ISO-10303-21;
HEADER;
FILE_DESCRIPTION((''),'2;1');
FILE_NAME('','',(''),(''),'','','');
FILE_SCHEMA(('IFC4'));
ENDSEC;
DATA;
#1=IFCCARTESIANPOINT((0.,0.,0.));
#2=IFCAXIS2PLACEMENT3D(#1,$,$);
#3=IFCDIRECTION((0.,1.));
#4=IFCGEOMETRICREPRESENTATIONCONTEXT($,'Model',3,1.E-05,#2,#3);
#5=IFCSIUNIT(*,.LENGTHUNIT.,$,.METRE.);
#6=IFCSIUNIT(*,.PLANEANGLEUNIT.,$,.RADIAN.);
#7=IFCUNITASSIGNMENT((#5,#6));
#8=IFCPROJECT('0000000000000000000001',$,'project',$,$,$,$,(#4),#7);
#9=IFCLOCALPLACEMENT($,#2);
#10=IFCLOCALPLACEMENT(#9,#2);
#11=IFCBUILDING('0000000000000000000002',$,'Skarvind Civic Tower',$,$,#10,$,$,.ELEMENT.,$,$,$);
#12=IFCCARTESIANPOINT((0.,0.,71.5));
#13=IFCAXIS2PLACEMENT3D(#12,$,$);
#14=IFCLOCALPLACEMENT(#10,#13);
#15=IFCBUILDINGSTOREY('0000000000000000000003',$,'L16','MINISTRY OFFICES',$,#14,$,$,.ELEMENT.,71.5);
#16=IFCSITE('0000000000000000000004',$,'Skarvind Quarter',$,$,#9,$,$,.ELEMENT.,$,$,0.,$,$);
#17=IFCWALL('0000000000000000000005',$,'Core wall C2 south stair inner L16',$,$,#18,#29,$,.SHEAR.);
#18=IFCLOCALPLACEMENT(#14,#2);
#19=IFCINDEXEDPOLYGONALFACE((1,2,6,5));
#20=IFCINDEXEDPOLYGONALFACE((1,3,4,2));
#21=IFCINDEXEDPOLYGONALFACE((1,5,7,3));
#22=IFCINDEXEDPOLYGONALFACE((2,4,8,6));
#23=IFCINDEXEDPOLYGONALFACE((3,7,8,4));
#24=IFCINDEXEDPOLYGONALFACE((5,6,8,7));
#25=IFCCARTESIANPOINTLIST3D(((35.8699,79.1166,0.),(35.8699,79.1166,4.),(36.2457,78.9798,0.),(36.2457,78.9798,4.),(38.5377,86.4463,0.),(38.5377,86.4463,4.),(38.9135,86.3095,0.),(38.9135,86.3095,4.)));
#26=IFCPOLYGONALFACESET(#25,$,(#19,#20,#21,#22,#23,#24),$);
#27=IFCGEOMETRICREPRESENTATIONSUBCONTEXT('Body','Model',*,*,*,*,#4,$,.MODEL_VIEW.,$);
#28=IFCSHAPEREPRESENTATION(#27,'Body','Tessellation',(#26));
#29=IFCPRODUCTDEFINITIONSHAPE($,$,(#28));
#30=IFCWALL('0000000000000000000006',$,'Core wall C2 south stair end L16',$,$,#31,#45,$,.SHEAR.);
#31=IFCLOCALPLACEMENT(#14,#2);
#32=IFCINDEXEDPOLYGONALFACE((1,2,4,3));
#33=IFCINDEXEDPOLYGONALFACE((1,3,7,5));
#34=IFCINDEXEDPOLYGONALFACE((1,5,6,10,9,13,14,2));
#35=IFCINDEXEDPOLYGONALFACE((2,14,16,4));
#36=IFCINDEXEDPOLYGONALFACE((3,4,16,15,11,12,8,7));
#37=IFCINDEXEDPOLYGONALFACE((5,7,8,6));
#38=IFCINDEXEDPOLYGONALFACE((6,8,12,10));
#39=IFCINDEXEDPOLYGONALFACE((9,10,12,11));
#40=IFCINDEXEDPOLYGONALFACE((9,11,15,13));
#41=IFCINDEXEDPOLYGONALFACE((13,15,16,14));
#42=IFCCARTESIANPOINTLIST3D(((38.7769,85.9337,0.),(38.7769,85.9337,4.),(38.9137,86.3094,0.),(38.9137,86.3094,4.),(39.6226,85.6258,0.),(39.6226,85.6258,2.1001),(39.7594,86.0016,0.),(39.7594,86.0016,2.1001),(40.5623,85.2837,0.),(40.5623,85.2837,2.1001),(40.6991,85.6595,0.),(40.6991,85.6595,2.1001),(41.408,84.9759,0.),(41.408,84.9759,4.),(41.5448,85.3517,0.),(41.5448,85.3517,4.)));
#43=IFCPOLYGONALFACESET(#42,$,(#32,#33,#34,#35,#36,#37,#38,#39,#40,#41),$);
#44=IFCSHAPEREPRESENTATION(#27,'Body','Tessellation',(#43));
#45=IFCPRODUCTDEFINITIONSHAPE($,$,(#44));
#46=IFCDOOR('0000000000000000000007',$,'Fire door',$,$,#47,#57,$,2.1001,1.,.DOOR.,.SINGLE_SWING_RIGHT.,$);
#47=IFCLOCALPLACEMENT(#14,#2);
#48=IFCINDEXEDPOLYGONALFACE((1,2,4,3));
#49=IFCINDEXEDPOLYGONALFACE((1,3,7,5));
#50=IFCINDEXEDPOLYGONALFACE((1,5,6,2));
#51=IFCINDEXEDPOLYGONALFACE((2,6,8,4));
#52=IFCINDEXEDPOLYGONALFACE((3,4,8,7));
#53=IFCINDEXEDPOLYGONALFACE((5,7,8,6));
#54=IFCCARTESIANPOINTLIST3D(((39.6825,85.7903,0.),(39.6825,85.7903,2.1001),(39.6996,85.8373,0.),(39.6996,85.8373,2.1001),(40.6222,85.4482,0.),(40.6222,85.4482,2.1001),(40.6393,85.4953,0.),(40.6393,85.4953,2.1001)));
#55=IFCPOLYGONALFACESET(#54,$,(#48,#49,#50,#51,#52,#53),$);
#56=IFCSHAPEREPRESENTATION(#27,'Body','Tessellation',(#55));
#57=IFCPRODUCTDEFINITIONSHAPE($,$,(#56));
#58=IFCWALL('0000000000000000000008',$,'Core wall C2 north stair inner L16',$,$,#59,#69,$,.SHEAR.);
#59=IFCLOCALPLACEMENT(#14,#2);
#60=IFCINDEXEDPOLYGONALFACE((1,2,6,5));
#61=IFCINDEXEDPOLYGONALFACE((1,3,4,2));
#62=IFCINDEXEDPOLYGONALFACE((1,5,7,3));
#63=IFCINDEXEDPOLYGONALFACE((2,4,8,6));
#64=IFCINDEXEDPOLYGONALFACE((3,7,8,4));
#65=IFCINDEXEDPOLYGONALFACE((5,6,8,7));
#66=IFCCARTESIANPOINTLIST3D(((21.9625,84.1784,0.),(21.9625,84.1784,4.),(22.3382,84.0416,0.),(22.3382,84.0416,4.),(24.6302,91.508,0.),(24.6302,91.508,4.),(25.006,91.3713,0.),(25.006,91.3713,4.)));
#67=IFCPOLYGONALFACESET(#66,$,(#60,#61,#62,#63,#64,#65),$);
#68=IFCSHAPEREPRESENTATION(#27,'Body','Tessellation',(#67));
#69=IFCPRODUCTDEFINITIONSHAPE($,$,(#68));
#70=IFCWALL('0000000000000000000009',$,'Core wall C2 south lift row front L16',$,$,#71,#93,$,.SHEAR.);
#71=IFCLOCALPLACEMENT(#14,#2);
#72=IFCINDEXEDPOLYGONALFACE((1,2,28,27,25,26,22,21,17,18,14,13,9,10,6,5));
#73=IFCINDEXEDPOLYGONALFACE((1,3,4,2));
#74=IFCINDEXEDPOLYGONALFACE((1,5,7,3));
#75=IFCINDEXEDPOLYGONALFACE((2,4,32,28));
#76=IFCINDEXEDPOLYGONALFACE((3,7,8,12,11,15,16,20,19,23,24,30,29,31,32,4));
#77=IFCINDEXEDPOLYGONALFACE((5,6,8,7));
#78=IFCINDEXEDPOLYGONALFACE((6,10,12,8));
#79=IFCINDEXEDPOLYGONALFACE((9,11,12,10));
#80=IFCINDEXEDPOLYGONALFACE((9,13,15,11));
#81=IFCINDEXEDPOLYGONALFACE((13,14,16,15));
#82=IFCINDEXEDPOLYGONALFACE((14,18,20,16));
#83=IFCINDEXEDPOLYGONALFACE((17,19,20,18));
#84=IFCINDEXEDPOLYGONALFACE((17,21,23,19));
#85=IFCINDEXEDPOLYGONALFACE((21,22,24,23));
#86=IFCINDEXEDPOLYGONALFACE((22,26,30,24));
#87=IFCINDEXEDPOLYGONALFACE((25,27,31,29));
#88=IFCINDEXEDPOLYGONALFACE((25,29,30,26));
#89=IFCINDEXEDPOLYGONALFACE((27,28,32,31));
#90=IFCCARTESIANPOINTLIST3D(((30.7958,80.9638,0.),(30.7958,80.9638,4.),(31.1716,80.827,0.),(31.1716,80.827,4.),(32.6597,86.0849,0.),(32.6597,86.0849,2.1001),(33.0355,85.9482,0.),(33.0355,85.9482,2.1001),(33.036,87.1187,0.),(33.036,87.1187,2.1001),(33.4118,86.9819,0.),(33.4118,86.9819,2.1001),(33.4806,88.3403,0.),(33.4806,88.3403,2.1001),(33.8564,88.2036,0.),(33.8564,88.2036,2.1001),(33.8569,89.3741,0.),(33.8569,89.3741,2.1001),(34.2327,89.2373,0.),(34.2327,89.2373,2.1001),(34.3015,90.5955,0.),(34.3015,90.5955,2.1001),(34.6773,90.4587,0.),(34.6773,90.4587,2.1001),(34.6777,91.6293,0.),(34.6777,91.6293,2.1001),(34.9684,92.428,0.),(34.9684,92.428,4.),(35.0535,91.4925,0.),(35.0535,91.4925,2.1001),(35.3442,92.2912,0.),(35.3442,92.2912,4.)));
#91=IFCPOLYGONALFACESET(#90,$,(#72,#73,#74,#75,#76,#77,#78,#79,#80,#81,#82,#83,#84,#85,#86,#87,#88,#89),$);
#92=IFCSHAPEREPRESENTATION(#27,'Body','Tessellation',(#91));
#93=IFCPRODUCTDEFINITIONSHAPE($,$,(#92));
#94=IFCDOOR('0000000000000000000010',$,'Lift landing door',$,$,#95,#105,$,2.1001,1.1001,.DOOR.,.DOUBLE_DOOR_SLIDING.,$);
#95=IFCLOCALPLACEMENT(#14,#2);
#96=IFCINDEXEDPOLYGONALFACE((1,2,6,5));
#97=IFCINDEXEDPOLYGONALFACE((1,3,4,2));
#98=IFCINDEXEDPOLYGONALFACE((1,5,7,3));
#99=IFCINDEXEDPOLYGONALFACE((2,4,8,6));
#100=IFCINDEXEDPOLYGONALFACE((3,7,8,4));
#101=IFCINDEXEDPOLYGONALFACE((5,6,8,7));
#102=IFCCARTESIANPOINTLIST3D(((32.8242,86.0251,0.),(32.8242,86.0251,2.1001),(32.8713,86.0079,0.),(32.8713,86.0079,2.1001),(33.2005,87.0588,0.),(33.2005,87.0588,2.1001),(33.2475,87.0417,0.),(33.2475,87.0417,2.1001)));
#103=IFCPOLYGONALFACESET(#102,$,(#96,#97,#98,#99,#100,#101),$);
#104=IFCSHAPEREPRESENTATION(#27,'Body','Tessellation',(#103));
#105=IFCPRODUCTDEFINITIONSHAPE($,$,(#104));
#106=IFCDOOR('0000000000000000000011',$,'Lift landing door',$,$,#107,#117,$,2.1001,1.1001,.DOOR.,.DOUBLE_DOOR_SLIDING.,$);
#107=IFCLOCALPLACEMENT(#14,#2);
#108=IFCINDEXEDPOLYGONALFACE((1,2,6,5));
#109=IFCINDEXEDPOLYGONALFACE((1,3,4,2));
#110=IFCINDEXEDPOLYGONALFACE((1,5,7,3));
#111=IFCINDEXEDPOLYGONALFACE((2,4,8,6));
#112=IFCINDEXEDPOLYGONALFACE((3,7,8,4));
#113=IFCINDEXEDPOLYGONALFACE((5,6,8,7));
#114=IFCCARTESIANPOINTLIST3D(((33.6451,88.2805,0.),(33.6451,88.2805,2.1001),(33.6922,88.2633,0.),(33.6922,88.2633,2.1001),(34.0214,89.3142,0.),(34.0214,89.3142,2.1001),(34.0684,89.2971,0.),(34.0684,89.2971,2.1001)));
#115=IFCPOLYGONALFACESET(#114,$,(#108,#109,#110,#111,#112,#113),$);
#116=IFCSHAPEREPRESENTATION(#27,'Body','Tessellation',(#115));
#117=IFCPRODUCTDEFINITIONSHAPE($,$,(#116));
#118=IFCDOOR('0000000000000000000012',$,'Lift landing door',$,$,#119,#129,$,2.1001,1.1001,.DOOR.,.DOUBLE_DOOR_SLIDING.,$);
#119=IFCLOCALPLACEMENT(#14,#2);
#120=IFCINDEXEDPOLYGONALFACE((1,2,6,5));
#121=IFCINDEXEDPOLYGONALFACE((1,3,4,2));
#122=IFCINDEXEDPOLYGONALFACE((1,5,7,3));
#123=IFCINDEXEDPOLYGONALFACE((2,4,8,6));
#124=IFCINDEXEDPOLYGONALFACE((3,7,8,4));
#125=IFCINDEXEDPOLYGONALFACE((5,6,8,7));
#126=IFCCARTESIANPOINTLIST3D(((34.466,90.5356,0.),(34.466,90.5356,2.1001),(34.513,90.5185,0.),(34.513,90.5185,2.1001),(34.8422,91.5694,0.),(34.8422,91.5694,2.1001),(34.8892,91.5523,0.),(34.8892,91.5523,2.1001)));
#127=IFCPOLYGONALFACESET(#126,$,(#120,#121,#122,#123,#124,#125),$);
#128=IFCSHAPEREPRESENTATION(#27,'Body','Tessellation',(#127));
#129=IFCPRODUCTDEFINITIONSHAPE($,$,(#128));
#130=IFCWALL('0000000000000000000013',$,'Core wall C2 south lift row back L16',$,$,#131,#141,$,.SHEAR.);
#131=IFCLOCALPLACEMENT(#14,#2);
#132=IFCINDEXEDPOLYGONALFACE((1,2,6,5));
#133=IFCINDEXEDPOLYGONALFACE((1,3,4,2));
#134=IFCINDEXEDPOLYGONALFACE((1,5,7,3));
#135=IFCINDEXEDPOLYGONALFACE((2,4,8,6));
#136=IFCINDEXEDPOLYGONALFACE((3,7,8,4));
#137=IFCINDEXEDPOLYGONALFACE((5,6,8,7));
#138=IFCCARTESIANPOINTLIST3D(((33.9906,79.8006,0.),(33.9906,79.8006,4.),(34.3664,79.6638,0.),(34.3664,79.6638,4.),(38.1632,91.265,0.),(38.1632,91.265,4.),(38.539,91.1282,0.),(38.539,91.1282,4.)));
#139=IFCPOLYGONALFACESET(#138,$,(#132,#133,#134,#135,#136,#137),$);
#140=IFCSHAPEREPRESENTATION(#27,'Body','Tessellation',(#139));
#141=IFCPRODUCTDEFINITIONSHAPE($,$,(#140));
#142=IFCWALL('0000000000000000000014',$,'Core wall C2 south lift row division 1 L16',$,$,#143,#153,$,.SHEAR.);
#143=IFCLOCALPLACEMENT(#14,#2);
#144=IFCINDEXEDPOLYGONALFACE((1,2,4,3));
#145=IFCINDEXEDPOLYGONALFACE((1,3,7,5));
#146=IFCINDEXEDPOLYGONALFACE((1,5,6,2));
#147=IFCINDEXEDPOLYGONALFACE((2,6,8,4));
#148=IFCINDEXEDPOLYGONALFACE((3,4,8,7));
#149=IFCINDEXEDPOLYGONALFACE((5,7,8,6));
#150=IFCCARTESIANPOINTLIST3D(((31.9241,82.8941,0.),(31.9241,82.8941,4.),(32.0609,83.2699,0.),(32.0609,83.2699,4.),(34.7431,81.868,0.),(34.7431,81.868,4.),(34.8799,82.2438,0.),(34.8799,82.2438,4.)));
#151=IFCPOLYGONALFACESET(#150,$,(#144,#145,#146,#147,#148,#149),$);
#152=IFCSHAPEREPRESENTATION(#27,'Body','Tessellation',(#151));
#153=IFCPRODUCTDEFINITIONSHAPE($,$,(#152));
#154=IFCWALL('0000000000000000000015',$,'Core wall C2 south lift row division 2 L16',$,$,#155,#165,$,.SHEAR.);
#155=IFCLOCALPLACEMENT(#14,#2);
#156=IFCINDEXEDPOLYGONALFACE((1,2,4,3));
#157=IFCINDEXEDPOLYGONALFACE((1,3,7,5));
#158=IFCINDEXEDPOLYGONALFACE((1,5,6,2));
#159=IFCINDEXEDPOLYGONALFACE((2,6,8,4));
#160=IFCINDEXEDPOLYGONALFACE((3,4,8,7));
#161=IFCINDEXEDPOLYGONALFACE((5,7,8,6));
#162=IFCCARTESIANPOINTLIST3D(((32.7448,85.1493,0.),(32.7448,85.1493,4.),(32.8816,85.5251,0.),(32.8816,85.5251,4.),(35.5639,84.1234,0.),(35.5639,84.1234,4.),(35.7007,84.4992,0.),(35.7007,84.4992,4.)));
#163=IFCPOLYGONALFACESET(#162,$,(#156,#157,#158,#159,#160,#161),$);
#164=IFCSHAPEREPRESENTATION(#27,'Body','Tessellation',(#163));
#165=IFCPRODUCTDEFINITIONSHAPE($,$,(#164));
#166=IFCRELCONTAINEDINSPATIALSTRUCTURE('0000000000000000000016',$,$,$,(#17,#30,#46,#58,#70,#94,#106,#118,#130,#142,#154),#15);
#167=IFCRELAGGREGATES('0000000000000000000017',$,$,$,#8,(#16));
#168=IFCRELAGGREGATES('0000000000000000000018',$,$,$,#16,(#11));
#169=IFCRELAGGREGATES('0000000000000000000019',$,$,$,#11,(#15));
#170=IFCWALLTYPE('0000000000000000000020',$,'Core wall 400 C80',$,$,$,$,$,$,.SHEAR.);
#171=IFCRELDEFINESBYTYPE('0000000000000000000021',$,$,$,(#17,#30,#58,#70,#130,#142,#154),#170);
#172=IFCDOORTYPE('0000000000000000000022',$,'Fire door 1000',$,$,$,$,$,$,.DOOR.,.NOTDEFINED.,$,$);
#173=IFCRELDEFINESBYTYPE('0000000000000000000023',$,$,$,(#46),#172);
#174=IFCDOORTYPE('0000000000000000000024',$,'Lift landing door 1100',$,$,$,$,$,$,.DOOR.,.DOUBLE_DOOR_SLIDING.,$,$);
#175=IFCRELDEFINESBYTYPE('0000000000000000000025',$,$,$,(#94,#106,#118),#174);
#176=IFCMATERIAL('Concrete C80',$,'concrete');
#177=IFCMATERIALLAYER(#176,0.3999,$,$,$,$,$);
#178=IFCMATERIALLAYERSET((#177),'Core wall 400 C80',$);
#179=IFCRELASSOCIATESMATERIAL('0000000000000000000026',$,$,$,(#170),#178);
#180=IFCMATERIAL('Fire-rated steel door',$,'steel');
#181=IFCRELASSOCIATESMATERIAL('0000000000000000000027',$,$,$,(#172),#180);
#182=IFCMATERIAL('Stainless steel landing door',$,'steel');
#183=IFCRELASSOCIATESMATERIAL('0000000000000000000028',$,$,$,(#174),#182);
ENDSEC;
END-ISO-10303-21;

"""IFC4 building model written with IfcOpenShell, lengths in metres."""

from ifc_helpers import new_model, si_unit, direction, frame, frame_2d, origin, place, context, subcontext, project, spatial, rectangle, extrude, material, layer, layer_set, type_object, element, fill, save


model = new_model("IFC4")

# Units and contexts
model_context = context("Model", 3, precision=1e-05, world=origin(), true_north=direction((0.0, 1.0)))
body_context = subcontext(model_context, "Body", "Model", "MODEL_VIEW")
ifc_project = project(units=[si_unit("LENGTHUNIT", "METRE"), si_unit("PLANEANGLEUNIT", "RADIAN")], contexts=[model_context])

# Site, building, storey
site_placement = place(None, origin())
site = spatial("IfcSite", under=ifc_project, at=site_placement, Name="Skarvind Quarter", CompositionType="ELEMENT", RefElevation=0.0)
building_placement = place(site_placement, origin())
building = spatial("IfcBuilding", under=site, at=building_placement, Name="Skarvind Civic Tower", CompositionType="ELEMENT")
storey_placement = place(building_placement, frame((0.0, 0.0, 71.5)))
storey = spatial("IfcBuildingStorey", under=building, at=storey_placement, Name="L16", Description="MINISTRY OFFICES", CompositionType="ELEMENT", Elevation=71.5)

# Wall
ifc_material_1 = material(Name="Concrete C80", Category="concrete")
ifc_layer_1 = layer(ifc_material_1, 0.3999)
ifc_layer_set_1 = layer_set([ifc_layer_1], Name="Core wall 400 C80")
wall_type_1 = type_object("IfcWallType", Name="Core wall 400 C80", PredefinedType="SHEAR", material=ifc_layer_set_1)
wall_1_placement = place(storey_placement, frame((36.0579, 79.0483, 0.0), z_axis=(0.0, 0.0, 1.0), x_axis=(0.342017, 0.939694, 0.0)))
element("IfcWall", 1, at=wall_1_placement, inside=storey, type_object=wall_type_1, Name="Core wall C2 south stair inner L16", PredefinedType="SHEAR", context=body_context, shape_type="SweptSolid", body=[
    extrude(rectangle(XDim=7.8, YDim=0.3999, at=frame_2d((3.8999, 0.0))), origin(), (0.0, 0.0, 1.0), 4.0),
])

# Wall, opening, door
wall_2_placement = place(storey_placement, frame((41.4763, 85.1638, 0.0), z_axis=(0.0, 0.0, 1.0), x_axis=(-0.939679, 0.342058, 0.0)))
wall_2 = element("IfcWall", 2, at=wall_2_placement, inside=storey, type_object=wall_type_1, Name="Core wall C2 south stair end L16", PredefinedType="SHEAR", context=body_context, shape_type="SweptSolid", body=[
    extrude(rectangle(XDim=2.8, YDim=0.3999, at=frame_2d((1.3999, 0.0))), origin(), (0.0, 0.0, 1.0), 4.0),
])
opening_1_placement = place(wall_2_placement, frame((0.8999, 0.0, 0.0)))
opening_1 = element("IfcOpeningElement", 3, at=opening_1_placement, cuts=wall_2, PredefinedType="OPENING", context=body_context, shape_type="SweptSolid", body=[
    extrude(rectangle(XDim=1.0, YDim=2.1001, at=frame_2d((0.5, 1.05))), frame((0.0, 0.21, 0.0), z_axis=(0.0, -1.0, 0.0), x_axis=(1.0, 0.0, 0.0)), (0.0, 0.0, 1.0), 0.4199),
])
ifc_material_2 = material(Name="Fire-rated steel door", Category="steel")
door_type_1 = type_object("IfcDoorType", Name="Fire door 1000", OperationType="NOTDEFINED", PredefinedType="DOOR", material=ifc_material_2)
door_1_placement = place(opening_1_placement, origin())
door_1 = element("IfcDoor", 4, at=door_1_placement, inside=storey, type_object=door_type_1, Name="Fire door", OperationType="SINGLE_SWING_RIGHT", OverallHeight=2.1001, OverallWidth=1.0, PredefinedType="DOOR", context=body_context, shape_type="SweptSolid", body=[
    extrude(rectangle(XDim=1.0, YDim=2.1001, at=frame_2d((0.5, 1.05))), frame((0.0, 0.0249, 0.0), z_axis=(0.0, -1.0, 0.0), x_axis=(1.0, 0.0, 0.0)), (0.0, 0.0, 1.0), 0.05),
])
fill(opening_1, door_1)

# Wall
wall_3_placement = place(storey_placement, frame((22.1504, 84.1101, 0.0), z_axis=(0.0, 0.0, 1.0), x_axis=(0.342017, 0.939694, 0.0)))
element("IfcWall", 5, at=wall_3_placement, inside=storey, type_object=wall_type_1, Name="Core wall C2 north stair inner L16", PredefinedType="SHEAR", context=body_context, shape_type="SweptSolid", body=[
    extrude(rectangle(XDim=7.8, YDim=0.3999, at=frame_2d((3.8999, 0.0))), origin(), (0.0, 0.0, 1.0), 4.0),
])

# Wall, openings, doors
wall_4_placement = place(storey_placement, frame((30.9836, 80.8953, 0.0), z_axis=(0.0, 0.0, 1.0), x_axis=(0.342021, 0.939692, 0.0)))
wall_4 = element("IfcWall", 6, at=wall_4_placement, inside=storey, type_object=wall_type_1, Name="Core wall C2 south lift row front L16", PredefinedType="SHEAR", context=body_context, shape_type="SweptSolid", body=[
    extrude(rectangle(XDim=12.2, YDim=0.3999, at=frame_2d((6.1001, 0.0))), origin(), (0.0, 0.0, 1.0), 4.0),
])
opening_2_placement = place(wall_4_placement, frame((5.45, 0.0, 0.0)))
opening_2 = element("IfcOpeningElement", 7, at=opening_2_placement, cuts=wall_4, PredefinedType="OPENING", context=body_context, shape_type="SweptSolid", body=[
    extrude(rectangle(XDim=1.1001, YDim=2.1001, at=frame_2d((0.55, 1.05))), frame((0.0, 0.21, 0.0), z_axis=(0.0, -1.0, 0.0), x_axis=(1.0, 0.0, 0.0)), (0.0, 0.0, 1.0), 0.4199),
])
opening_3_placement = place(wall_4_placement, frame((7.8501, 0.0, 0.0)))
opening_3 = element("IfcOpeningElement", 8, at=opening_3_placement, cuts=wall_4, PredefinedType="OPENING", context=body_context, shape_type="SweptSolid", body=[
    extrude(rectangle(XDim=1.1001, YDim=2.1001, at=frame_2d((0.55, 1.05))), frame((0.0, 0.21, 0.0), z_axis=(0.0, -1.0, 0.0), x_axis=(1.0, 0.0, 0.0)), (0.0, 0.0, 1.0), 0.4199),
])
opening_4_placement = place(wall_4_placement, frame((10.25, 0.0, 0.0)))
opening_4 = element("IfcOpeningElement", 9, at=opening_4_placement, cuts=wall_4, PredefinedType="OPENING", context=body_context, shape_type="SweptSolid", body=[
    extrude(rectangle(XDim=1.1001, YDim=2.1001, at=frame_2d((0.55, 1.05))), frame((0.0, 0.21, 0.0), z_axis=(0.0, -1.0, 0.0), x_axis=(1.0, 0.0, 0.0)), (0.0, 0.0, 1.0), 0.4199),
])
ifc_material_3 = material(Name="Stainless steel landing door", Category="steel")
door_type_2 = type_object("IfcDoorType", Name="Lift landing door 1100", OperationType="DOUBLE_DOOR_SLIDING", PredefinedType="DOOR", material=ifc_material_3)
door_2_placement = place(opening_2_placement, origin())
door_2 = element("IfcDoor", 10, at=door_2_placement, inside=storey, type_object=door_type_2, Name="Lift landing door", OperationType="DOUBLE_DOOR_SLIDING", OverallHeight=2.1001, OverallWidth=1.1001, PredefinedType="DOOR", context=body_context, shape_type="SweptSolid", body=[
    extrude(rectangle(XDim=1.1001, YDim=2.1001, at=frame_2d((0.55, 1.05))), frame((0.0, 0.0249, 0.0), z_axis=(0.0, -1.0, 0.0), x_axis=(1.0, 0.0, 0.0)), (0.0, 0.0, 1.0), 0.05),
])
fill(opening_2, door_2)
door_3_placement = place(opening_3_placement, origin())
door_3 = element("IfcDoor", 11, at=door_3_placement, inside=storey, type_object=door_type_2, Name="Lift landing door", OperationType="DOUBLE_DOOR_SLIDING", OverallHeight=2.1001, OverallWidth=1.1001, PredefinedType="DOOR", context=body_context, shape_type="SweptSolid", body=[
    extrude(rectangle(XDim=1.1001, YDim=2.1001, at=frame_2d((0.55, 1.05))), frame((0.0, 0.0249, 0.0), z_axis=(0.0, -1.0, 0.0), x_axis=(1.0, 0.0, 0.0)), (0.0, 0.0, 1.0), 0.05),
])
fill(opening_3, door_3)
door_4_placement = place(opening_4_placement, origin())
door_4 = element("IfcDoor", 12, at=door_4_placement, inside=storey, type_object=door_type_2, Name="Lift landing door", OperationType="DOUBLE_DOOR_SLIDING", OverallHeight=2.1001, OverallWidth=1.1001, PredefinedType="DOOR", context=body_context, shape_type="SweptSolid", body=[
    extrude(rectangle(XDim=1.1001, YDim=2.1001, at=frame_2d((0.55, 1.05))), frame((0.0, 0.0249, 0.0), z_axis=(0.0, -1.0, 0.0), x_axis=(1.0, 0.0, 0.0)), (0.0, 0.0, 1.0), 0.05),
])
fill(opening_4, door_4)

# Walls
wall_5_placement = place(storey_placement, frame((34.1785, 79.7322, 0.0), z_axis=(0.0, 0.0, 1.0), x_axis=(0.342015, 0.939695, 0.0)))
element("IfcWall", 13, at=wall_5_placement, inside=storey, type_object=wall_type_1, Name="Core wall C2 south lift row back L16", PredefinedType="SHEAR", context=body_context, shape_type="SweptSolid", body=[
    extrude(rectangle(XDim=12.2002, YDim=0.3999, at=frame_2d((6.1001, 0.0))), origin(), (0.0, 0.0, 1.0), 4.0),
])
for number, where, z_axis, x_axis, name in (
    (14, (34.8115, 82.0559, 0.0), (0.0, 0.0, 1.0), (-0.939686, 0.342037, 0.0), "Core wall C2 south lift row division 1 L16"),
    (15, (35.6323, 84.3113, 0.0), (0.0, 0.0, 1.0), (-0.939713, 0.341965, 0.0), "Core wall C2 south lift row division 2 L16"),
):
    element("IfcWall", number, at=place(storey_placement, frame(where, z_axis=z_axis, x_axis=x_axis)), inside=storey, type_object=wall_type_1, Name=name, PredefinedType="SHEAR", context=body_context, shape_type="SweptSolid", body=[
        extrude(rectangle(XDim=3.0, YDim=0.3999, at=frame_2d((1.5, 0.0))), origin(), (0.0, 0.0, 1.0), 4.0),
    ])

save(model, "model.ifc")
